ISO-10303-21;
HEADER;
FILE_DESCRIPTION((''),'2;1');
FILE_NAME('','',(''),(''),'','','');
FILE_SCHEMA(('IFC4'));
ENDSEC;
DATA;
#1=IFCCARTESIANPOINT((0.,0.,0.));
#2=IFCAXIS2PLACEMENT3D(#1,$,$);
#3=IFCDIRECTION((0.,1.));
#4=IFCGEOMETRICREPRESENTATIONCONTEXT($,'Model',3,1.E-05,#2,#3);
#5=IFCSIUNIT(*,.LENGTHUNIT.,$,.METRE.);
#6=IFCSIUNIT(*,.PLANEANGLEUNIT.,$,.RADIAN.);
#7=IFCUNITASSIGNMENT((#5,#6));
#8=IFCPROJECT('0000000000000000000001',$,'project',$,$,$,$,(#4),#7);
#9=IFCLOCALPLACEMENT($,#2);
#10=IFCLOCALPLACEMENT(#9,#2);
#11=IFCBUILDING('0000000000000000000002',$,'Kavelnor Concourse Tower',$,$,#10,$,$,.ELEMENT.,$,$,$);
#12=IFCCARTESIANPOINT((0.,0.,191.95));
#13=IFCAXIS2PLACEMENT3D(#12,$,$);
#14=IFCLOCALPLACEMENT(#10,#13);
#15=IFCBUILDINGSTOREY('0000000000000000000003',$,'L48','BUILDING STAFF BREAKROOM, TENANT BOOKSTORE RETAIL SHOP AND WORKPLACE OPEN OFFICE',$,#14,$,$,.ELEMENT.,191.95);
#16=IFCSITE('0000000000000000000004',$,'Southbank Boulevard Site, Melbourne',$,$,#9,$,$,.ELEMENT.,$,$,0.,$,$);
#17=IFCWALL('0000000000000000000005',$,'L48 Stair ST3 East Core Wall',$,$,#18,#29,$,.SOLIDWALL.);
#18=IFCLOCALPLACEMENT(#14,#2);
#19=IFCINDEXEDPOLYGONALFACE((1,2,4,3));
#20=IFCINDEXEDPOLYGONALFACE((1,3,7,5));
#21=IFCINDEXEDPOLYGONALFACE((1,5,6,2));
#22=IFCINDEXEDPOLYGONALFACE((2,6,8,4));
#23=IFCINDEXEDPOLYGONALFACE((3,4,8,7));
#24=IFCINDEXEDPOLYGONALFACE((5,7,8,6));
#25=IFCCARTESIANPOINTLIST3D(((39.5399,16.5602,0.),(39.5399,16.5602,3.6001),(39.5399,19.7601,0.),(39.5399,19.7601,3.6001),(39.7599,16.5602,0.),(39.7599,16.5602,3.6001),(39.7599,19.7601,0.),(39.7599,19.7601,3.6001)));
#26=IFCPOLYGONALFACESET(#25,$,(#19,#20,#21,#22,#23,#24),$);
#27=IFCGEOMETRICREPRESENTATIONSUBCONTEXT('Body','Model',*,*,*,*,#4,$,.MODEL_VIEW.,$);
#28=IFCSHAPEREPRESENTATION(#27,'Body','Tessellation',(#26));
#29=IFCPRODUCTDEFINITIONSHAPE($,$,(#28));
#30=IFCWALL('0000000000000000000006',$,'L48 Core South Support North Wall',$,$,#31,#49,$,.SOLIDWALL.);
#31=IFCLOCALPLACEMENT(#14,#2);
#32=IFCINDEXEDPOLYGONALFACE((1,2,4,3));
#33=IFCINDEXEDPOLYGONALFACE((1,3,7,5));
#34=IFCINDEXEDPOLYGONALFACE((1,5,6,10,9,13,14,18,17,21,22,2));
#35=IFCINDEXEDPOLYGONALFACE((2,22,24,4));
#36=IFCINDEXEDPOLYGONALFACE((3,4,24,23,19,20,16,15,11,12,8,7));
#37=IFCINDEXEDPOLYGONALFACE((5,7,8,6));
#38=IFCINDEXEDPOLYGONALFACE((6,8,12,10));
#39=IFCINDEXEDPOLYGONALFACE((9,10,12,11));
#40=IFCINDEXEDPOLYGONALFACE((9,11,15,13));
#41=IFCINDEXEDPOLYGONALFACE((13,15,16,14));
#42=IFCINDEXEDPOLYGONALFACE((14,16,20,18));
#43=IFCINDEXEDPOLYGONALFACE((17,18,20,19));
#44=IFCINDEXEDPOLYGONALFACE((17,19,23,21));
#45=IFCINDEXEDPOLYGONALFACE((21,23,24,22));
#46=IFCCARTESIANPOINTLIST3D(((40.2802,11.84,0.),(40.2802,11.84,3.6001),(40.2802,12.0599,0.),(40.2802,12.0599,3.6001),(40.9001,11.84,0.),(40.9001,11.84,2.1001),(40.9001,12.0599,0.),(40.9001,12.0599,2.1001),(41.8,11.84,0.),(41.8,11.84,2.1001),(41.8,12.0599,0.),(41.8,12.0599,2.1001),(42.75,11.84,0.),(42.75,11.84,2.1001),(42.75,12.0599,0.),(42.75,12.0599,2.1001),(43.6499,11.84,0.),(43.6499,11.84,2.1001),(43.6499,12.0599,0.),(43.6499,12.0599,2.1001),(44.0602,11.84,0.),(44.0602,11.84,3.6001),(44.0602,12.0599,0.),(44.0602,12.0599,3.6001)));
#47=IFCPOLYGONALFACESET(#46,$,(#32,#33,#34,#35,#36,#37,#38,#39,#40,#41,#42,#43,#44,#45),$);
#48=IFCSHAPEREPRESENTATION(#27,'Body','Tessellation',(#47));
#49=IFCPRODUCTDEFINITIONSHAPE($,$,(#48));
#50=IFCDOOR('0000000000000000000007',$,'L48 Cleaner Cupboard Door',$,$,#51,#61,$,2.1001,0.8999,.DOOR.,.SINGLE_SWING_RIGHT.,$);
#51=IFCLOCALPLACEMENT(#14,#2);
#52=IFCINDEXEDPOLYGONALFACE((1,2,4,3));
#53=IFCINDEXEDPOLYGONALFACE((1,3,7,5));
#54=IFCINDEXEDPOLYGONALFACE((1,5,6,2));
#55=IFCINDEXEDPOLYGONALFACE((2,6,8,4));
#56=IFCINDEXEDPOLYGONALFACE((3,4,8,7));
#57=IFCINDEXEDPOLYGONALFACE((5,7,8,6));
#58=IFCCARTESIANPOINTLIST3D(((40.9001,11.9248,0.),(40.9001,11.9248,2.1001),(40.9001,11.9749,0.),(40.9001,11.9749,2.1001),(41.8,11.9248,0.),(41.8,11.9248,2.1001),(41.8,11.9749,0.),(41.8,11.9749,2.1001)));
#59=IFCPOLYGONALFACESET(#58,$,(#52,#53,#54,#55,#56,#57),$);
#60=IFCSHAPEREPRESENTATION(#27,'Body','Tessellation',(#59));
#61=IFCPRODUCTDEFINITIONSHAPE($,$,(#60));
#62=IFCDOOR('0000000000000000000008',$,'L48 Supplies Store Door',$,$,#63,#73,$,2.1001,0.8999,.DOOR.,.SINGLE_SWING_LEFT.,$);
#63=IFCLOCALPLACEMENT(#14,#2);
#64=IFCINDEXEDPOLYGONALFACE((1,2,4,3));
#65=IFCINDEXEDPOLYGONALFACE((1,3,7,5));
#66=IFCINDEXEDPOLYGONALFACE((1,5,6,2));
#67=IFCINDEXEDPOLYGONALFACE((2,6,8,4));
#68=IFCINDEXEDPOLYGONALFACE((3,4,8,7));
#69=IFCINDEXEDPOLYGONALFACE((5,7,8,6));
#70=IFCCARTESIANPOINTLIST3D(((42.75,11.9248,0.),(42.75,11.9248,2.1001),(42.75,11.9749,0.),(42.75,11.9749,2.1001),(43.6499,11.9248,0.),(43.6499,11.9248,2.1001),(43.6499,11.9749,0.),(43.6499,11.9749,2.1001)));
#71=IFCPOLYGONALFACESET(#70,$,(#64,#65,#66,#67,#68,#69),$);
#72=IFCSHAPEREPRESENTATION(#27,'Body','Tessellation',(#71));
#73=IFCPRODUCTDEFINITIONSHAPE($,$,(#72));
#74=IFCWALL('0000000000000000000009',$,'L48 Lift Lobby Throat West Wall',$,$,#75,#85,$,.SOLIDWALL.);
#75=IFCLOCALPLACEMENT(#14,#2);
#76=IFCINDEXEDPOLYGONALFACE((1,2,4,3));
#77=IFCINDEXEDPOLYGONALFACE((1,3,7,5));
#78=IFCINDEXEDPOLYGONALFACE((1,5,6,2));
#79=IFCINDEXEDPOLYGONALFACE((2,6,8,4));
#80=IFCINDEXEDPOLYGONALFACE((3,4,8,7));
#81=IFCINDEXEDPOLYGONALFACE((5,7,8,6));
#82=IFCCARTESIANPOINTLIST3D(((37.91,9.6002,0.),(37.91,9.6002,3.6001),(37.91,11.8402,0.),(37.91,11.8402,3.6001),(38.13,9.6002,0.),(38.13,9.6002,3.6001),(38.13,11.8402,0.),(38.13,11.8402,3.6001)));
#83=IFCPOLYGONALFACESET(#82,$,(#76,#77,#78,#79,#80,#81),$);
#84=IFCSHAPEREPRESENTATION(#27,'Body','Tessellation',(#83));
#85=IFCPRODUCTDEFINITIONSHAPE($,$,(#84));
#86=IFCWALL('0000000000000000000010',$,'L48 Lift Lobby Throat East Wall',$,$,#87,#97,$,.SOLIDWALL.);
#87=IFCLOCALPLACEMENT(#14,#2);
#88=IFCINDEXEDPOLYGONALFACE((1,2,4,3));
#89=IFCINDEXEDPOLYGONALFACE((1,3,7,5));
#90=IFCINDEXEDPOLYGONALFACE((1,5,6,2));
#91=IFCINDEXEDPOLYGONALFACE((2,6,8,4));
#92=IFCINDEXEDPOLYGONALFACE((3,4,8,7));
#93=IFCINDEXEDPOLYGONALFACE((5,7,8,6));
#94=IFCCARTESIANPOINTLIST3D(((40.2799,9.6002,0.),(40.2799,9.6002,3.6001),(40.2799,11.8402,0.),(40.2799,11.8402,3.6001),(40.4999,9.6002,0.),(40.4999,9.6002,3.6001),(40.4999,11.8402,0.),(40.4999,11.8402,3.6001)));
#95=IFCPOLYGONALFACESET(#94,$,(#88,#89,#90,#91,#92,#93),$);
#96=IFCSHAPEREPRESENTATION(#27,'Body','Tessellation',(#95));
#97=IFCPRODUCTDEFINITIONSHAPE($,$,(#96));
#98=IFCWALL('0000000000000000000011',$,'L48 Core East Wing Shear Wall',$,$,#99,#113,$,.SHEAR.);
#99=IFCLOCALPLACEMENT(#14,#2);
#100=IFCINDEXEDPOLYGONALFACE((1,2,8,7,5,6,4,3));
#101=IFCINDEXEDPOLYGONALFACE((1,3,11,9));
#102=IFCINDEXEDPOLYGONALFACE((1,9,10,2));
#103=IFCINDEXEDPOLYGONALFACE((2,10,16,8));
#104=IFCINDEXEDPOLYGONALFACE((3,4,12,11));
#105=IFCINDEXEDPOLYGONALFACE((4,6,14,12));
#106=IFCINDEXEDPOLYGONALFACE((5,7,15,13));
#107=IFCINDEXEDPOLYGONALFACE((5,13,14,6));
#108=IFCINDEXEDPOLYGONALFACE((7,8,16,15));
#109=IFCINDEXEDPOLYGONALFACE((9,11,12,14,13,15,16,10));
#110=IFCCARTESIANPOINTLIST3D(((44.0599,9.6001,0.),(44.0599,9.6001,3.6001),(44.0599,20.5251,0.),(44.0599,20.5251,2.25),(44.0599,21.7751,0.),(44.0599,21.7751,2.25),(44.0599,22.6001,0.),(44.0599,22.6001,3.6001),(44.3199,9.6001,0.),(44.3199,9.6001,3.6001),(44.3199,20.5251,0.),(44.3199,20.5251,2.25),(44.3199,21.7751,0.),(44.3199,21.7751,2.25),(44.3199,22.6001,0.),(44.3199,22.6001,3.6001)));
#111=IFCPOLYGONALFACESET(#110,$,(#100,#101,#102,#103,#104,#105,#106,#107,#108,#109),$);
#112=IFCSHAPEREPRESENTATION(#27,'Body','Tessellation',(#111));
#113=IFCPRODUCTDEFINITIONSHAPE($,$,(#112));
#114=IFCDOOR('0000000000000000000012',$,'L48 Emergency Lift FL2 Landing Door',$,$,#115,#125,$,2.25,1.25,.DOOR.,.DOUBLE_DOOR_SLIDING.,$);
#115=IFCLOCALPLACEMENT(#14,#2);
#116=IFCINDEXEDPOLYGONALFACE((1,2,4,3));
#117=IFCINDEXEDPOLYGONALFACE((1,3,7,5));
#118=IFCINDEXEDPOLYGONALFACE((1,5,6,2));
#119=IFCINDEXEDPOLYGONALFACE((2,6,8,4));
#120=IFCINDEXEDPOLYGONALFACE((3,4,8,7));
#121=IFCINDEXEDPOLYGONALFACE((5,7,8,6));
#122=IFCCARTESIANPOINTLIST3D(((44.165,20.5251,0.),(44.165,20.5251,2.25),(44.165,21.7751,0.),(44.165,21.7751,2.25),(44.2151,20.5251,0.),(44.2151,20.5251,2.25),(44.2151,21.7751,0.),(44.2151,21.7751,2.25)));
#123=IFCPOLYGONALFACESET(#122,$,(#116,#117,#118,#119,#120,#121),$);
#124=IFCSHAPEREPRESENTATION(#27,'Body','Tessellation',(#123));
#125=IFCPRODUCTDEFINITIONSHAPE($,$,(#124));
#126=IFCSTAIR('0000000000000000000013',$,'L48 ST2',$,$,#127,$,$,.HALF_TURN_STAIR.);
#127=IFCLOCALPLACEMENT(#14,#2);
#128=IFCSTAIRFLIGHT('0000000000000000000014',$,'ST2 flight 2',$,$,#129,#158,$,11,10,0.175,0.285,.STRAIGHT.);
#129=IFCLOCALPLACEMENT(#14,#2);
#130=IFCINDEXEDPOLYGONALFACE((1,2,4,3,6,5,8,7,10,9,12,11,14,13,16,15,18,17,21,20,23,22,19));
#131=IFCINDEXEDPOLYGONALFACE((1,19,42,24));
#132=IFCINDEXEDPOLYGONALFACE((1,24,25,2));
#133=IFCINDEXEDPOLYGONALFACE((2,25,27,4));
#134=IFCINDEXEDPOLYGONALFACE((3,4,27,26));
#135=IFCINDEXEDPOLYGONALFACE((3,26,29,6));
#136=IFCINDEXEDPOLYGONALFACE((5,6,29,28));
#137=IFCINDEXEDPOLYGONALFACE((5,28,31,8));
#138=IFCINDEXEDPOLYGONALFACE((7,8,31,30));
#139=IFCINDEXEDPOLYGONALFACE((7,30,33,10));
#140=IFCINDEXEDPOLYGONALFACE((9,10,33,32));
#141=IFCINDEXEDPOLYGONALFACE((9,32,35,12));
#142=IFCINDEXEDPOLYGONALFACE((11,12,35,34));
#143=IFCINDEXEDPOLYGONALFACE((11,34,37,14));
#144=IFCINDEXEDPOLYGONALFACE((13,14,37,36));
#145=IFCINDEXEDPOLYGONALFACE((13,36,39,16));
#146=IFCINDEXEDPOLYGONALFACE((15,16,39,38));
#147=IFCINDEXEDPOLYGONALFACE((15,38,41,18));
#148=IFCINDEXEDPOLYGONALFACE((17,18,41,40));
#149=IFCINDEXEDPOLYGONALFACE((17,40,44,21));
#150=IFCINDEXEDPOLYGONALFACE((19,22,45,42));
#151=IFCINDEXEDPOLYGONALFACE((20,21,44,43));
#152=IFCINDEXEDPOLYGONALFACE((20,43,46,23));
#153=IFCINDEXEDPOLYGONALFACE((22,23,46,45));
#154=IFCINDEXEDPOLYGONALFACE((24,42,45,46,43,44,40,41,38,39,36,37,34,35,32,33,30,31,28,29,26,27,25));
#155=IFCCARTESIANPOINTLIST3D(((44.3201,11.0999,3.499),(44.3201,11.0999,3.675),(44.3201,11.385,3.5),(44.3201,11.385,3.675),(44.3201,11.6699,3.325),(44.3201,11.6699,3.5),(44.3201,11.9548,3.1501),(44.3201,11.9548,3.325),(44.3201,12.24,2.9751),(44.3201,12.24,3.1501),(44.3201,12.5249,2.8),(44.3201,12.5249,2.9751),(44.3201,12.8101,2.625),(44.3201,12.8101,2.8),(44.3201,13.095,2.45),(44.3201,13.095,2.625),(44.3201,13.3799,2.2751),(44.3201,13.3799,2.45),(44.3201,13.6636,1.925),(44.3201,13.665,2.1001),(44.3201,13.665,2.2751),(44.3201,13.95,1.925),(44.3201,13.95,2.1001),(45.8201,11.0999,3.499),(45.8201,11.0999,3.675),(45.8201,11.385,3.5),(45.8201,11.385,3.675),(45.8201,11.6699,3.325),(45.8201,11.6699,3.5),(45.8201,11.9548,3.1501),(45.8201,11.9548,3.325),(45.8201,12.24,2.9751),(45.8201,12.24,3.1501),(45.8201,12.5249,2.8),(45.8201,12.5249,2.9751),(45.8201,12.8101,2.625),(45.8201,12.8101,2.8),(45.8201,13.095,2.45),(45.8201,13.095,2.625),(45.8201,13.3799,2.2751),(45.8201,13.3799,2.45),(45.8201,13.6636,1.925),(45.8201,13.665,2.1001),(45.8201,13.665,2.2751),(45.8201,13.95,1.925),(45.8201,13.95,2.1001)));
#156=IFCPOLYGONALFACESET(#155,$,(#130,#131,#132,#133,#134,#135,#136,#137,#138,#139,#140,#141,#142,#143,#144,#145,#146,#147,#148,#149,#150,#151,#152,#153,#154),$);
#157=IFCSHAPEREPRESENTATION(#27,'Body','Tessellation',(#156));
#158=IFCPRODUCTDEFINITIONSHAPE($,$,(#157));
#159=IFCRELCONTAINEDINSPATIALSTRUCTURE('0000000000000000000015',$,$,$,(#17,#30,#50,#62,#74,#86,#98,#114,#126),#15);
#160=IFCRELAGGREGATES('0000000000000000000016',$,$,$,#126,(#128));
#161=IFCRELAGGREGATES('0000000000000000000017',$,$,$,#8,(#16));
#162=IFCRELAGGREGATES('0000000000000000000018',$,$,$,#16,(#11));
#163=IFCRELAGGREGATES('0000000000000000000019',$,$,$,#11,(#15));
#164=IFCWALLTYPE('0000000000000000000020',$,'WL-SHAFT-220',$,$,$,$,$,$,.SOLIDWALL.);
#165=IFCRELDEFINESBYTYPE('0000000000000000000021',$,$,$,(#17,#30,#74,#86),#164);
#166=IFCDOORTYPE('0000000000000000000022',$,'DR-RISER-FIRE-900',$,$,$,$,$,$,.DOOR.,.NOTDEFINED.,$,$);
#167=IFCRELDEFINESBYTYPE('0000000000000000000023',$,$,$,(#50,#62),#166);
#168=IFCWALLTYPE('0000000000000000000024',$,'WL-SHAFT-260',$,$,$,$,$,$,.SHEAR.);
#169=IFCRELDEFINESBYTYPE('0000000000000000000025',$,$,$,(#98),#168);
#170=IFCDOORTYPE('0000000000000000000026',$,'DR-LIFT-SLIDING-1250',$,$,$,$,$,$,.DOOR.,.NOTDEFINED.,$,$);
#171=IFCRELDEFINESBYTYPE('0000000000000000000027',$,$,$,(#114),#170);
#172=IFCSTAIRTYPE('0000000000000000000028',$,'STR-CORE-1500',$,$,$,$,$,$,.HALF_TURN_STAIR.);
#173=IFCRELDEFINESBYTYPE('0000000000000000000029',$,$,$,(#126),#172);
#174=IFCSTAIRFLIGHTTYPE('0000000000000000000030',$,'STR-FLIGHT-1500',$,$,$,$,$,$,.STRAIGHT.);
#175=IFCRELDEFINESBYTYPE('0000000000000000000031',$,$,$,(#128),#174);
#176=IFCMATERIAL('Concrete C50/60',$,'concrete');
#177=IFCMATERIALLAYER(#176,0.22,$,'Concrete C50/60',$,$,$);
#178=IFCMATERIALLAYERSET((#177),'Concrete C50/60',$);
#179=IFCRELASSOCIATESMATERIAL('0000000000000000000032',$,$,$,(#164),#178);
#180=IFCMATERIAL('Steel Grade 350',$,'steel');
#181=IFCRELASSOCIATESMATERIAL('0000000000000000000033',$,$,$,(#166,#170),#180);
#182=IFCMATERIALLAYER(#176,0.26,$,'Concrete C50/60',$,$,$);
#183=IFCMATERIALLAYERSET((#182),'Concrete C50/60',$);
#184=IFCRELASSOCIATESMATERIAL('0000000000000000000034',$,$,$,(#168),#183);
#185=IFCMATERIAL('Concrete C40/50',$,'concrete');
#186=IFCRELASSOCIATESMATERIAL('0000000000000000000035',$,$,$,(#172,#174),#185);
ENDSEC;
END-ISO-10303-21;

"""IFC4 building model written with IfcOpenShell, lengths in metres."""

from ifc_helpers import new_model, si_unit, direction, frame, frame_2d, origin, place, context, subcontext, project, spatial, polyline, rectangle, outline, extrude, material, layer, layer_set, type_object, element, fill, aggregate, save


model = new_model("IFC4")

# Units and contexts
model_context = context("Model", 3, precision=1e-05, world=origin(), true_north=direction((0.0, 1.0)))
body_context = subcontext(model_context, "Body", "Model", "MODEL_VIEW")
ifc_project = project(units=[si_unit("LENGTHUNIT", "METRE"), si_unit("PLANEANGLEUNIT", "RADIAN")], contexts=[model_context])

# Site, building, storey
site_placement = place(None, origin())
site = spatial("IfcSite", under=ifc_project, at=site_placement, Name="Southbank Boulevard Site, Melbourne", CompositionType="ELEMENT", RefElevation=0.0)
building_placement = place(site_placement, origin())
building = spatial("IfcBuilding", under=site, at=building_placement, Name="Kavelnor Concourse Tower", CompositionType="ELEMENT")
storey_placement = place(building_placement, frame((0.0, 0.0, 191.95)))
storey = spatial("IfcBuildingStorey", under=building, at=storey_placement, Name="L48", Description="BUILDING STAFF BREAKROOM, TENANT BOOKSTORE RETAIL SHOP AND WORKPLACE OPEN OFFICE", CompositionType="ELEMENT", Elevation=191.95)

# Shared definitions
ifc_material_1 = material(Name="Steel Grade 350", Category="steel")

# Wall
ifc_material_2 = material(Name="Concrete C50/60", Category="concrete")
ifc_layer_1 = layer(ifc_material_2, 0.22, Name="Concrete C50/60")
ifc_layer_set_1 = layer_set([ifc_layer_1], Name="Concrete C50/60")
wall_type_1 = type_object("IfcWallType", Name="WL-SHAFT-220", PredefinedType="SOLIDWALL", material=ifc_layer_set_1)
wall_1_placement = place(storey_placement, frame((39.6499, 16.5601, 0.0), z_axis=(0.0, 0.0, 1.0), x_axis=(0.0, 1.0, 0.0)))
element("IfcWall", 1, at=wall_1_placement, inside=storey, type_object=wall_type_1, Name="L48 Stair ST3 East Core Wall", PredefinedType="SOLIDWALL", context=body_context, shape_type="SweptSolid", body=[
    extrude(rectangle(XDim=3.2, YDim=0.22, at=frame_2d((1.6001, 0.0))), origin(), (0.0, 0.0, 1.0), 3.6001),
])

# Wall, openings, doors
wall_2_placement = place(storey_placement, frame((40.28, 11.95, 0.0), z_axis=(0.0, 0.0, 1.0), x_axis=(1.0, 0.0, 0.0)))
wall_2 = element("IfcWall", 2, at=wall_2_placement, inside=storey, type_object=wall_type_1, Name="L48 Core South Support North Wall", PredefinedType="SOLIDWALL", context=body_context, shape_type="SweptSolid", body=[
    extrude(rectangle(XDim=3.78, YDim=0.22, at=frame_2d((1.8901, 0.0))), origin(), (0.0, 0.0, 1.0), 3.6001),
])
opening_1_placement = place(wall_2_placement, frame((0.6201, 0.0, 0.0)))
opening_1 = element("IfcOpeningElement", 3, at=opening_1_placement, cuts=wall_2, PredefinedType="OPENING", context=body_context, shape_type="SweptSolid", body=[
    extrude(rectangle(XDim=0.8999, YDim=2.1001, at=frame_2d((0.45, 1.05))), frame((0.0, 0.1201, 0.0), z_axis=(0.0, -1.0, 0.0), x_axis=(1.0, 0.0, 0.0)), (0.0, 0.0, 1.0), 0.24),
])
opening_2_placement = place(wall_2_placement, frame((2.47, 0.0, 0.0)))
opening_2 = element("IfcOpeningElement", 4, at=opening_2_placement, cuts=wall_2, PredefinedType="OPENING", context=body_context, shape_type="SweptSolid", body=[
    extrude(rectangle(XDim=0.8999, YDim=2.1001, at=frame_2d((0.45, 1.05))), frame((0.0, 0.1201, 0.0), z_axis=(0.0, -1.0, 0.0), x_axis=(1.0, 0.0, 0.0)), (0.0, 0.0, 1.0), 0.24),
])
door_type_1 = type_object("IfcDoorType", Name="DR-RISER-FIRE-900", OperationType="NOTDEFINED", PredefinedType="DOOR", material=ifc_material_1)
door_1_placement = place(opening_1_placement, origin())
door_1 = element("IfcDoor", 5, at=door_1_placement, inside=storey, type_object=door_type_1, Name="L48 Cleaner Cupboard Door", OperationType="SINGLE_SWING_RIGHT", OverallHeight=2.1001, OverallWidth=0.8999, PredefinedType="DOOR", context=body_context, shape_type="SweptSolid", body=[
    extrude(rectangle(XDim=0.8999, YDim=2.1001, at=frame_2d((0.45, 1.05))), frame((0.0, 0.0249, 0.0), z_axis=(0.0, -1.0, 0.0), x_axis=(1.0, 0.0, 0.0)), (0.0, 0.0, 1.0), 0.05),
])
fill(opening_1, door_1)
door_2_placement = place(opening_2_placement, origin())
door_2 = element("IfcDoor", 6, at=door_2_placement, inside=storey, type_object=door_type_1, Name="L48 Supplies Store Door", OperationType="SINGLE_SWING_LEFT", OverallHeight=2.1001, OverallWidth=0.8999, PredefinedType="DOOR", context=body_context, shape_type="SweptSolid", body=[
    extrude(rectangle(XDim=0.8999, YDim=2.1001, at=frame_2d((0.45, 1.05))), frame((0.0, 0.0249, 0.0), z_axis=(0.0, -1.0, 0.0), x_axis=(1.0, 0.0, 0.0)), (0.0, 0.0, 1.0), 0.05),
])
fill(opening_2, door_2)

# Walls
for number, where, z_axis, x_axis, name in (
    (7, (38.02, 9.6001, 0.0), (0.0, 0.0, 1.0), (0.0, 1.0, 0.0), "L48 Lift Lobby Throat West Wall"),
    (8, (40.3899, 9.6001, 0.0), (0.0, 0.0, 1.0), (0.0, 1.0, 0.0), "L48 Lift Lobby Throat East Wall"),
):
    element("IfcWall", number, at=place(storey_placement, frame(where, z_axis=z_axis, x_axis=x_axis)), inside=storey, type_object=wall_type_1, Name=name, PredefinedType="SOLIDWALL", context=body_context, shape_type="SweptSolid", body=[
        extrude(rectangle(XDim=2.24, YDim=0.22, at=frame_2d((1.1201, 0.0))), origin(), (0.0, 0.0, 1.0), 3.6001),
    ])

# Wall, opening, door
ifc_layer_2 = layer(ifc_material_2, 0.26, Name="Concrete C50/60")
ifc_layer_set_2 = layer_set([ifc_layer_2], Name="Concrete C50/60")
wall_type_2 = type_object("IfcWallType", Name="WL-SHAFT-260", PredefinedType="SHEAR", material=ifc_layer_set_2)
wall_3_placement = place(storey_placement, frame((44.1899, 9.6001, 0.0), z_axis=(0.0, 0.0, 1.0), x_axis=(0.0, 1.0, 0.0)))
wall_3 = element("IfcWall", 9, at=wall_3_placement, inside=storey, type_object=wall_type_2, Name="L48 Core East Wing Shear Wall", PredefinedType="SHEAR", context=body_context, shape_type="SweptSolid", body=[
    extrude(rectangle(XDim=13.0, YDim=0.26, at=frame_2d((6.5, 0.0))), origin(), (0.0, 0.0, 1.0), 3.6001),
])
opening_3_placement = place(wall_3_placement, frame((10.925, 0.0, 0.0)))
opening_3 = element("IfcOpeningElement", 10, at=opening_3_placement, cuts=wall_3, PredefinedType="OPENING", context=body_context, shape_type="SweptSolid", body=[
    extrude(rectangle(XDim=1.25, YDim=2.25, at=frame_2d((0.625, 1.125))), frame((0.0, 0.1401, 0.0), z_axis=(0.0, -1.0, 0.0), x_axis=(1.0, 0.0, 0.0)), (0.0, 0.0, 1.0), 0.28),
])
door_type_2 = type_object("IfcDoorType", Name="DR-LIFT-SLIDING-1250", OperationType="NOTDEFINED", PredefinedType="DOOR", material=ifc_material_1)
door_3_placement = place(opening_3_placement, origin())
door_3 = element("IfcDoor", 11, at=door_3_placement, inside=storey, type_object=door_type_2, Name="L48 Emergency Lift FL2 Landing Door", OperationType="DOUBLE_DOOR_SLIDING", OverallHeight=2.25, OverallWidth=1.25, PredefinedType="DOOR", context=body_context, shape_type="SweptSolid", body=[
    extrude(rectangle(XDim=1.25, YDim=2.25, at=frame_2d((0.625, 1.125))), frame((0.0, 0.0249, 0.0), z_axis=(0.0, -1.0, 0.0), x_axis=(1.0, 0.0, 0.0)), (0.0, 0.0, 1.0), 0.05),
])
fill(opening_3, door_3)

# Stair, stair flight
ifc_material_3 = material(Name="Concrete C40/50", Category="concrete")
stair_type = type_object("IfcStairType", Name="STR-CORE-1500", PredefinedType="HALF_TURN_STAIR", material=ifc_material_3)
stair_placement = place(storey_placement, origin())
stair = element("IfcStair", 12, at=stair_placement, inside=storey, type_object=stair_type, Name="L48 ST2", PredefinedType="HALF_TURN_STAIR")
stair_flight_type = type_object("IfcStairFlightType", Name="STR-FLIGHT-1500", PredefinedType="STRAIGHT", material=ifc_material_3)
stair_flight_placement = place(storey_placement, frame((45.0701, 13.95, 1.925), z_axis=(0.0, 0.0, 1.0), x_axis=(0.0, -1.0, 0.0)))
stair_flight = element("IfcStairFlight", 13, at=stair_flight_placement, type_object=stair_flight_type, Name="ST2 flight 2", NumberOfRisers=11, NumberOfTreads=10, PredefinedType="STRAIGHT", RiserHeight=0.175, TreadLength=0.285, context=body_context, shape_type="SweptSolid", body=[
    extrude(outline(polyline([(0.0, 0.0), (0.0, 0.175), (0.2849, 0.175), (0.2849, 0.3501), (0.5701, 0.3501), (0.5701, 0.5249), (0.855, 0.5249), (0.855, 0.7), (1.1399, 0.7), (1.1399, 0.875), (1.425, 0.875), (1.425, 1.05), (1.71, 1.05), (1.71, 1.2251), (1.9951, 1.2251), (1.9951, 1.3999), (2.28, 1.3999), (2.28, 1.575), (2.5649, 1.575), (2.5649, 1.75), (2.8501, 1.75), (2.8501, 1.925), (2.8501, 1.574), (0.2864, 0.0), (0.0, 0.0)])), frame((0.0, 0.75, 0.0), z_axis=(0.0, -1.0, 0.0), x_axis=(1.0, 0.0, 0.0)), (0.0, 0.0, 1.0), 1.5),
])
aggregate(stair, [stair_flight])

save(model, "model.ifc")
